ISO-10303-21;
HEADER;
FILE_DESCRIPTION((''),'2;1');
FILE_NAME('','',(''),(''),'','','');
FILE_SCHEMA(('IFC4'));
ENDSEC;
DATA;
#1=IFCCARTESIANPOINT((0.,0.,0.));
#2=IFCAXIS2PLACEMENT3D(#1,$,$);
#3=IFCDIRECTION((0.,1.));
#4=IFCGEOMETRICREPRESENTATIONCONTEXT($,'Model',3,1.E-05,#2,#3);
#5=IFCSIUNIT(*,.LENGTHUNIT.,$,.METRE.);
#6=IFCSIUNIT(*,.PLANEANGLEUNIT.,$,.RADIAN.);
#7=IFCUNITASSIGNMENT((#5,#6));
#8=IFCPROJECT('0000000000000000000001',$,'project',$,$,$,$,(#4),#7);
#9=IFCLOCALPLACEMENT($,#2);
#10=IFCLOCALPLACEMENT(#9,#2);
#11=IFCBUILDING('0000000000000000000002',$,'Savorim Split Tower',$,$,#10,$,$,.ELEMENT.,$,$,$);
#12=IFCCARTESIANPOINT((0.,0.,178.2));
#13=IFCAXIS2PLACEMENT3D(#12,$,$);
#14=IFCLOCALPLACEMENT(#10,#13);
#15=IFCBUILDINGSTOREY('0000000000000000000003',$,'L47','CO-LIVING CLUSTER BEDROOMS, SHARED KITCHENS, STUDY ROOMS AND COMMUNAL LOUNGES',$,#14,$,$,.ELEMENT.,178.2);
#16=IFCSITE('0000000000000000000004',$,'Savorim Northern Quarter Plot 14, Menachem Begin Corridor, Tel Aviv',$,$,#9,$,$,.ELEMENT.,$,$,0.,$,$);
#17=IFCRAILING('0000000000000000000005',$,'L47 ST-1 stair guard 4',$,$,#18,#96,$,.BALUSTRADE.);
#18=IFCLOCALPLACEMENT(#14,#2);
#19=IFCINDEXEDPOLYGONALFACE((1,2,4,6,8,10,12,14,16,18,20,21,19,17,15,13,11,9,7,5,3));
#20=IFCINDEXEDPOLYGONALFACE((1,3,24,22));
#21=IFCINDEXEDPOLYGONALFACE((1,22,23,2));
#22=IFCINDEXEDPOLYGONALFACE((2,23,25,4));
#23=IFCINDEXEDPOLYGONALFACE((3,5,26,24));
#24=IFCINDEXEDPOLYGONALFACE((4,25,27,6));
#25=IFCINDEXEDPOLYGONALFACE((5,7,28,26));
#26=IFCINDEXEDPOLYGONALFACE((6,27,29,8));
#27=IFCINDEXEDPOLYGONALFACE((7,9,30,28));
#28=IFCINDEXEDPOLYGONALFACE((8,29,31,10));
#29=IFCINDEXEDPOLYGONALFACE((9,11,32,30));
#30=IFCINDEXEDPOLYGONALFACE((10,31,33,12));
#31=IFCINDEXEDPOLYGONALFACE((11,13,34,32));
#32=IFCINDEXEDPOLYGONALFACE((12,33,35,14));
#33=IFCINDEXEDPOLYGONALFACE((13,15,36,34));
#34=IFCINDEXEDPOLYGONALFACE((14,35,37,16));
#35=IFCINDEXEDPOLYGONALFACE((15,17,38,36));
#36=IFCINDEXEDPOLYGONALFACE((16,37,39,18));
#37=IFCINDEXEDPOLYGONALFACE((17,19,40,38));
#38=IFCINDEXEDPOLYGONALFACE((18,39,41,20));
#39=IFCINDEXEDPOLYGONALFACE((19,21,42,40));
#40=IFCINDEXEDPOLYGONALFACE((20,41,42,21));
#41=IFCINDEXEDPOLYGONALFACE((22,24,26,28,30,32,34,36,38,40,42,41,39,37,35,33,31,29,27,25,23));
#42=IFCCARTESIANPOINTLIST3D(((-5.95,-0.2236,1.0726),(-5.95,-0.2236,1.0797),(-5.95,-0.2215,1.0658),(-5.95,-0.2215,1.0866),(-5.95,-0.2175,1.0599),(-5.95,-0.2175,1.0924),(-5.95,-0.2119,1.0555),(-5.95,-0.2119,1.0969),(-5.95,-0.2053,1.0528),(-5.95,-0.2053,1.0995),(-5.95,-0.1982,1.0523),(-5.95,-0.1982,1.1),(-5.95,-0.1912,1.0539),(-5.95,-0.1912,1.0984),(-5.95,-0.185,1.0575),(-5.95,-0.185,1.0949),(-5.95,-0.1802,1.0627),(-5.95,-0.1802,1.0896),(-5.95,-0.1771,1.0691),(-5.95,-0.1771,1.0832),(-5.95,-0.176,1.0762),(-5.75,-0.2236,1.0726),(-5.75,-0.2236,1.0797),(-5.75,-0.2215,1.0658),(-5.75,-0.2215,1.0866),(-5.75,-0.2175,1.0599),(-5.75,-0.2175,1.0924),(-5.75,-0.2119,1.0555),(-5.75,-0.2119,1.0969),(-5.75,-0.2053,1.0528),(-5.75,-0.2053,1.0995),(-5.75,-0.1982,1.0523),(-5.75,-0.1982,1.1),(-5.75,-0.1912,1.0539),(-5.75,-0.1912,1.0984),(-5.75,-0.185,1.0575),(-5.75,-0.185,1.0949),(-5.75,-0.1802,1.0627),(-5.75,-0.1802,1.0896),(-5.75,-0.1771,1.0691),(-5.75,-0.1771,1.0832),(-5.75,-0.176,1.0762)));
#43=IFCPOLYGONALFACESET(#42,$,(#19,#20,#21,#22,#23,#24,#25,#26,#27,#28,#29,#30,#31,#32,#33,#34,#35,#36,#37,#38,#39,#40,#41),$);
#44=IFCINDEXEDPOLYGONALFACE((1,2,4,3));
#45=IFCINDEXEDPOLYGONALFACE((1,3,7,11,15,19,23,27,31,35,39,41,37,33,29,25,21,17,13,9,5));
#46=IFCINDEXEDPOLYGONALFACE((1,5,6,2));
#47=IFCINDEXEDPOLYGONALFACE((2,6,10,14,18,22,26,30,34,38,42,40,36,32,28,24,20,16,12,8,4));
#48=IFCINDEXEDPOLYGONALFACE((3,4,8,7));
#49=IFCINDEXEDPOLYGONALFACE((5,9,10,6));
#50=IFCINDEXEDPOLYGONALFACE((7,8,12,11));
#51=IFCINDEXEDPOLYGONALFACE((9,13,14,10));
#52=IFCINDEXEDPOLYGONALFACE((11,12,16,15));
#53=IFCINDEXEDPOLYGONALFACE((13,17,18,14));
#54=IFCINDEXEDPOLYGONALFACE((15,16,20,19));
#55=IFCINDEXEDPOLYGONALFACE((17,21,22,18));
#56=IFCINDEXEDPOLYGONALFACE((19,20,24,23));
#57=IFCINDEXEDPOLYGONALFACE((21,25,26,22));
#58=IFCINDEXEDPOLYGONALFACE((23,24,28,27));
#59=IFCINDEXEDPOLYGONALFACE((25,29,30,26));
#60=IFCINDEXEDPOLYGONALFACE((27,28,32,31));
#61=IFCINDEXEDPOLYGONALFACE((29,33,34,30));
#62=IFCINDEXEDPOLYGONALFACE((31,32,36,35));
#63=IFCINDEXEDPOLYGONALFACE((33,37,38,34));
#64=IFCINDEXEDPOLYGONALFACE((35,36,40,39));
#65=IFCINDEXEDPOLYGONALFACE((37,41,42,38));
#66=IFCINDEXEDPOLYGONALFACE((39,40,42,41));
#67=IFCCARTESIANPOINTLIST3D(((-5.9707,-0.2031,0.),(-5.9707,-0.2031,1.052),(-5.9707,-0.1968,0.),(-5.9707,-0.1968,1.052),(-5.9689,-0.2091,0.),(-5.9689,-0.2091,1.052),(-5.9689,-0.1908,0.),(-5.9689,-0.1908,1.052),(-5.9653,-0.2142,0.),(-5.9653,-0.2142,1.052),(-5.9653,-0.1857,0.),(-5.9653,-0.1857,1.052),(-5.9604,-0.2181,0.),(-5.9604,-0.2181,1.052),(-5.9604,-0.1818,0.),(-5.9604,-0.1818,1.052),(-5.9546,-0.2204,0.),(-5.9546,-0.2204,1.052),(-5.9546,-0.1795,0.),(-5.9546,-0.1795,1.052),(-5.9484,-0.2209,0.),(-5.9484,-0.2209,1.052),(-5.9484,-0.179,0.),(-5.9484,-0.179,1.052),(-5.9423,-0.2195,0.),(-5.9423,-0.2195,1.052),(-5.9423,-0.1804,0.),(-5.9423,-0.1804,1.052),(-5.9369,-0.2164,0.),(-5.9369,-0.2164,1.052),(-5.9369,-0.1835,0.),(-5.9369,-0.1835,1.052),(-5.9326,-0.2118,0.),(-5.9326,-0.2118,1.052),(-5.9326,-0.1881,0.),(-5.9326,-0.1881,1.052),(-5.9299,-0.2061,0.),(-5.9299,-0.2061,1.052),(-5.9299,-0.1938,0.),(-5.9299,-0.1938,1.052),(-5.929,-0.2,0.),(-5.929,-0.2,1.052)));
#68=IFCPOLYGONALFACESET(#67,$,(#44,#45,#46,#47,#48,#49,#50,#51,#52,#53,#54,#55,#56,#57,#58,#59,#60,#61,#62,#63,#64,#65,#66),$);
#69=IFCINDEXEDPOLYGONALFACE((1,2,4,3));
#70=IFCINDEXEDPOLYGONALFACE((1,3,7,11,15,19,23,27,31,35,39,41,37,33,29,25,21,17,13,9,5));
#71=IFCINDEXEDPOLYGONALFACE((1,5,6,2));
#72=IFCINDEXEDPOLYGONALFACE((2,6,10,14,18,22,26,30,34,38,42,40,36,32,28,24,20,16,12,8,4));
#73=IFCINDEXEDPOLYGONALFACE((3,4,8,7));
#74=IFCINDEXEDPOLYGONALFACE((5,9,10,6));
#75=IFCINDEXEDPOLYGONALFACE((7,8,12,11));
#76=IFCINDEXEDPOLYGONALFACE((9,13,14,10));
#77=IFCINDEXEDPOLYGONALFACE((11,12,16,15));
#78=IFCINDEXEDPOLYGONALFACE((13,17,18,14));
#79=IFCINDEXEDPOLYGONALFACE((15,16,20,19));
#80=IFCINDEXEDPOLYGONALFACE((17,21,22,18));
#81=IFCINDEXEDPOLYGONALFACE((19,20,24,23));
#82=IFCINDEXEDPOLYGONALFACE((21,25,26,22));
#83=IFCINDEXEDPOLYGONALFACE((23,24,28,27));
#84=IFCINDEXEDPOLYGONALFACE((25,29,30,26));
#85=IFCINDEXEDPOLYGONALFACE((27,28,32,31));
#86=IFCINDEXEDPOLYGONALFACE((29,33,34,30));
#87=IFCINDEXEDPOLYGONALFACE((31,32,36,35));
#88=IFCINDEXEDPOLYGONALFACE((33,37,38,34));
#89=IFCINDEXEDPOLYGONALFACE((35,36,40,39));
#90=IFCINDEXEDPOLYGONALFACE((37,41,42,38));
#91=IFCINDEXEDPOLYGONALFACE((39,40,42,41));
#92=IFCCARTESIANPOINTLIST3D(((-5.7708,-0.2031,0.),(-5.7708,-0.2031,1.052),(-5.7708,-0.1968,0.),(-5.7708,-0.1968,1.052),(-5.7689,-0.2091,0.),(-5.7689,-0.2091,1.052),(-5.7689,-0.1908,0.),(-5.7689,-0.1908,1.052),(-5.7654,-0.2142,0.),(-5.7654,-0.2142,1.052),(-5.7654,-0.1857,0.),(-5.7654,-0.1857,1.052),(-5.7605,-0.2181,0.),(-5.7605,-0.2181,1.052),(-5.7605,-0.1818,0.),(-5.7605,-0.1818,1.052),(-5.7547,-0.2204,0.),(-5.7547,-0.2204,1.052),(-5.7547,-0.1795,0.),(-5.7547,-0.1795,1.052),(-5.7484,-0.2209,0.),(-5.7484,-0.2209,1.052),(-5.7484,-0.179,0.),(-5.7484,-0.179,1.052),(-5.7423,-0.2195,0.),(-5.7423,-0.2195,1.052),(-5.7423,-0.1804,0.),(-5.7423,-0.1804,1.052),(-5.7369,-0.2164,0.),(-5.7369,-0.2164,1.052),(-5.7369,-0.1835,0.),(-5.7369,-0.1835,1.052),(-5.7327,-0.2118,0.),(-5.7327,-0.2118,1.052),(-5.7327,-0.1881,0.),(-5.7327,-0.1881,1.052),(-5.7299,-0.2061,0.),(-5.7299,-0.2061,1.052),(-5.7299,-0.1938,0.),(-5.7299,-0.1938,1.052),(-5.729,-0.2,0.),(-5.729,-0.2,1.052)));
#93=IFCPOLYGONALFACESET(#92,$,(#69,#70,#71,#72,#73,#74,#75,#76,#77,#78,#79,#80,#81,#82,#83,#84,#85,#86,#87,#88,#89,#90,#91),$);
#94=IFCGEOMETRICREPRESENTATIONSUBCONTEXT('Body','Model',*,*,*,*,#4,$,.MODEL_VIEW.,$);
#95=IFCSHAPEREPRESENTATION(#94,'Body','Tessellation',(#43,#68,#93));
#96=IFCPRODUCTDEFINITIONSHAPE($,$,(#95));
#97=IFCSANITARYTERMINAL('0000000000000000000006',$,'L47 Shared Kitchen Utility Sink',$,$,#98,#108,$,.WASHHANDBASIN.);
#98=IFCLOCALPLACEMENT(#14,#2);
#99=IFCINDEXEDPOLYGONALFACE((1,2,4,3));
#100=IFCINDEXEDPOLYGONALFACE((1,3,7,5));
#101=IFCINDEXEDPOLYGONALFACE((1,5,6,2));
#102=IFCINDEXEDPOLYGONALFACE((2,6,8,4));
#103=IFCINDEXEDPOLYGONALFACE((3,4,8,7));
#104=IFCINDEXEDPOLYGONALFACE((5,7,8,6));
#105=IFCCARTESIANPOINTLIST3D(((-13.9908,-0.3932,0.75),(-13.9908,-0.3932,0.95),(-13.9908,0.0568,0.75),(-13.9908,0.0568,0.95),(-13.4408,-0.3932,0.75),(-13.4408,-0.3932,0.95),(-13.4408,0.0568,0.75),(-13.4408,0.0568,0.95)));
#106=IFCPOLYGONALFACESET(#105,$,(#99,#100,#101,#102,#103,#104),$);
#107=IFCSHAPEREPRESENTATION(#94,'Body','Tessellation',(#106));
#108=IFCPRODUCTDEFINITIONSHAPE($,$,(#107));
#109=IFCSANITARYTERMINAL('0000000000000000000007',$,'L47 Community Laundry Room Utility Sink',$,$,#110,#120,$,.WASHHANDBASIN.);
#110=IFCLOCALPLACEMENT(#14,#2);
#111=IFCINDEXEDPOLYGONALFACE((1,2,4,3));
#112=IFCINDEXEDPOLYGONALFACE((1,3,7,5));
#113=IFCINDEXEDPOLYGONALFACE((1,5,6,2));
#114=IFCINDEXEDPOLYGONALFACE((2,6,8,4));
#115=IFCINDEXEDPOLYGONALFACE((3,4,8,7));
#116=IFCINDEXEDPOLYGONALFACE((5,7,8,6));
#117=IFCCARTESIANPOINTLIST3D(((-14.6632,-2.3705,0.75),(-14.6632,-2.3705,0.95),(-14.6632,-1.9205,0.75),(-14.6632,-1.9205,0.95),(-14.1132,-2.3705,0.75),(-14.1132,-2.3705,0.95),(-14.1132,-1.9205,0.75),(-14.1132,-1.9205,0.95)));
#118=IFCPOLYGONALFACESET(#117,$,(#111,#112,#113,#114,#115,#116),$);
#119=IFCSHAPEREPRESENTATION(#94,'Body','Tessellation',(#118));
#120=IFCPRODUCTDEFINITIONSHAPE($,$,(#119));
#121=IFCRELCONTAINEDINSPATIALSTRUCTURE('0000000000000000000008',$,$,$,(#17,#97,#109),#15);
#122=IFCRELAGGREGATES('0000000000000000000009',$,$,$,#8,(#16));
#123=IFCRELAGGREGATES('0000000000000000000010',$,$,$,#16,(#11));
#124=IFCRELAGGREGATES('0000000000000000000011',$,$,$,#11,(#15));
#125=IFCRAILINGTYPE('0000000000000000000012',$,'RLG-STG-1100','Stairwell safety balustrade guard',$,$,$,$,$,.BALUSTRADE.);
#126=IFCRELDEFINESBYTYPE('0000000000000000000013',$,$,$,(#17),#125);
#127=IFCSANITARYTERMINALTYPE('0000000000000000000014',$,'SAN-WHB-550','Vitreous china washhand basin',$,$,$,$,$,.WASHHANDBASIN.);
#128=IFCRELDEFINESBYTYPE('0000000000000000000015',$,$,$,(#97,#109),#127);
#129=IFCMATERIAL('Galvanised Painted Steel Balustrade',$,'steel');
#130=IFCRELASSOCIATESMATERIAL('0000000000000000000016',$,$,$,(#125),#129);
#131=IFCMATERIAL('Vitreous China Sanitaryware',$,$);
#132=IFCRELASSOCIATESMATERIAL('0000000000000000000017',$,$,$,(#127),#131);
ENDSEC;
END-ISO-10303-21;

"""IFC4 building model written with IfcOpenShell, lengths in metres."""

from ifc_helpers import new_model, si_unit, direction, frame, origin, origin_2d, place, context, subcontext, project, spatial, rectangle, circle, extrude, material, type_object, element, save


model = new_model("IFC4")

# Units and contexts
model_context = context("Model", 3, precision=1e-05, world=origin(), true_north=direction((0.0, 1.0)))
body_context = subcontext(model_context, "Body", "Model", "MODEL_VIEW")
ifc_project = project(units=[si_unit("LENGTHUNIT", "METRE"), si_unit("PLANEANGLEUNIT", "RADIAN")], contexts=[model_context])

# Site, building, storey
site_placement = place(None, origin())
site = spatial("IfcSite", under=ifc_project, at=site_placement, Name="Savorim Northern Quarter Plot 14, Menachem Begin Corridor, Tel Aviv", CompositionType="ELEMENT", RefElevation=0.0)
building_placement = place(site_placement, origin())
building = spatial("IfcBuilding", under=site, at=building_placement, Name="Savorim Split Tower", CompositionType="ELEMENT")
storey_placement = place(building_placement, frame((0.0, 0.0, 178.2)))
storey = spatial("IfcBuildingStorey", under=building, at=storey_placement, Name="L47", Description="CO-LIVING CLUSTER BEDROOMS, SHARED KITCHENS, STUDY ROOMS AND COMMUNAL LOUNGES", CompositionType="ELEMENT", Elevation=178.2)

# Railing
ifc_material_1 = material(Name="Galvanised Painted Steel Balustrade", Category="steel")
railing_type_1 = type_object("IfcRailingType", Name="RLG-STG-1100", Description="Stairwell safety balustrade guard", PredefinedType="BALUSTRADE", material=ifc_material_1)
railing_1_placement = place(storey_placement, frame((-5.95, -0.2, 0.0)))
element("IfcRailing", 1, at=railing_1_placement, inside=storey, type_object=railing_type_1, Name="L47 ST-1 stair guard 4", PredefinedType="BALUSTRADE", context=body_context, shape_type="SweptSolid", body=[
    extrude(circle(Radius=0.0239, at=origin_2d()), frame((0.0, 0.0, 1.0762), z_axis=(1.0, 0.0, 0.0), x_axis=(0.0, 1.0, 0.0)), (0.0, 0.0, 1.0), 0.2),
    extrude(circle(Radius=0.021, at=origin_2d()), origin(), (0.0, 0.0, 1.0), 1.052),
    extrude(circle(Radius=0.021, at=origin_2d()), frame((0.2, 0.0, 0.0)), (0.0, 0.0, 1.0), 1.052),
])

# Sanitary terminals
ifc_material_2 = material(Name="Vitreous China Sanitaryware")
sanitary_terminal_type = type_object("IfcSanitaryTerminalType", Name="SAN-WHB-550", Description="Vitreous china washhand basin", PredefinedType="WASHHANDBASIN", material=ifc_material_2)
for number, where, z_axis, x_axis, name in (
    (2, (-13.7158, -0.1682, 0.75), (0.0, 0.0, 1.0), (1.0, 0.0, 0.0), "L47 Shared Kitchen Utility Sink"),
    (3, (-14.3882, -2.1455, 0.75), (0.0, 0.0, 1.0), (1.0, 0.0, 0.0), "L47 Community Laundry Room Utility Sink"),
):
    element("IfcSanitaryTerminal", number, at=place(storey_placement, frame(where, z_axis=z_axis, x_axis=x_axis)), inside=storey, type_object=sanitary_terminal_type, Name=name, PredefinedType="WASHHANDBASIN", context=body_context, shape_type="SweptSolid", body=[
        extrude(rectangle(XDim=0.55, YDim=0.45, at=origin_2d()), origin(), (0.0, 0.0, 1.0), 0.2),
    ])

save(model, "model.ifc")
